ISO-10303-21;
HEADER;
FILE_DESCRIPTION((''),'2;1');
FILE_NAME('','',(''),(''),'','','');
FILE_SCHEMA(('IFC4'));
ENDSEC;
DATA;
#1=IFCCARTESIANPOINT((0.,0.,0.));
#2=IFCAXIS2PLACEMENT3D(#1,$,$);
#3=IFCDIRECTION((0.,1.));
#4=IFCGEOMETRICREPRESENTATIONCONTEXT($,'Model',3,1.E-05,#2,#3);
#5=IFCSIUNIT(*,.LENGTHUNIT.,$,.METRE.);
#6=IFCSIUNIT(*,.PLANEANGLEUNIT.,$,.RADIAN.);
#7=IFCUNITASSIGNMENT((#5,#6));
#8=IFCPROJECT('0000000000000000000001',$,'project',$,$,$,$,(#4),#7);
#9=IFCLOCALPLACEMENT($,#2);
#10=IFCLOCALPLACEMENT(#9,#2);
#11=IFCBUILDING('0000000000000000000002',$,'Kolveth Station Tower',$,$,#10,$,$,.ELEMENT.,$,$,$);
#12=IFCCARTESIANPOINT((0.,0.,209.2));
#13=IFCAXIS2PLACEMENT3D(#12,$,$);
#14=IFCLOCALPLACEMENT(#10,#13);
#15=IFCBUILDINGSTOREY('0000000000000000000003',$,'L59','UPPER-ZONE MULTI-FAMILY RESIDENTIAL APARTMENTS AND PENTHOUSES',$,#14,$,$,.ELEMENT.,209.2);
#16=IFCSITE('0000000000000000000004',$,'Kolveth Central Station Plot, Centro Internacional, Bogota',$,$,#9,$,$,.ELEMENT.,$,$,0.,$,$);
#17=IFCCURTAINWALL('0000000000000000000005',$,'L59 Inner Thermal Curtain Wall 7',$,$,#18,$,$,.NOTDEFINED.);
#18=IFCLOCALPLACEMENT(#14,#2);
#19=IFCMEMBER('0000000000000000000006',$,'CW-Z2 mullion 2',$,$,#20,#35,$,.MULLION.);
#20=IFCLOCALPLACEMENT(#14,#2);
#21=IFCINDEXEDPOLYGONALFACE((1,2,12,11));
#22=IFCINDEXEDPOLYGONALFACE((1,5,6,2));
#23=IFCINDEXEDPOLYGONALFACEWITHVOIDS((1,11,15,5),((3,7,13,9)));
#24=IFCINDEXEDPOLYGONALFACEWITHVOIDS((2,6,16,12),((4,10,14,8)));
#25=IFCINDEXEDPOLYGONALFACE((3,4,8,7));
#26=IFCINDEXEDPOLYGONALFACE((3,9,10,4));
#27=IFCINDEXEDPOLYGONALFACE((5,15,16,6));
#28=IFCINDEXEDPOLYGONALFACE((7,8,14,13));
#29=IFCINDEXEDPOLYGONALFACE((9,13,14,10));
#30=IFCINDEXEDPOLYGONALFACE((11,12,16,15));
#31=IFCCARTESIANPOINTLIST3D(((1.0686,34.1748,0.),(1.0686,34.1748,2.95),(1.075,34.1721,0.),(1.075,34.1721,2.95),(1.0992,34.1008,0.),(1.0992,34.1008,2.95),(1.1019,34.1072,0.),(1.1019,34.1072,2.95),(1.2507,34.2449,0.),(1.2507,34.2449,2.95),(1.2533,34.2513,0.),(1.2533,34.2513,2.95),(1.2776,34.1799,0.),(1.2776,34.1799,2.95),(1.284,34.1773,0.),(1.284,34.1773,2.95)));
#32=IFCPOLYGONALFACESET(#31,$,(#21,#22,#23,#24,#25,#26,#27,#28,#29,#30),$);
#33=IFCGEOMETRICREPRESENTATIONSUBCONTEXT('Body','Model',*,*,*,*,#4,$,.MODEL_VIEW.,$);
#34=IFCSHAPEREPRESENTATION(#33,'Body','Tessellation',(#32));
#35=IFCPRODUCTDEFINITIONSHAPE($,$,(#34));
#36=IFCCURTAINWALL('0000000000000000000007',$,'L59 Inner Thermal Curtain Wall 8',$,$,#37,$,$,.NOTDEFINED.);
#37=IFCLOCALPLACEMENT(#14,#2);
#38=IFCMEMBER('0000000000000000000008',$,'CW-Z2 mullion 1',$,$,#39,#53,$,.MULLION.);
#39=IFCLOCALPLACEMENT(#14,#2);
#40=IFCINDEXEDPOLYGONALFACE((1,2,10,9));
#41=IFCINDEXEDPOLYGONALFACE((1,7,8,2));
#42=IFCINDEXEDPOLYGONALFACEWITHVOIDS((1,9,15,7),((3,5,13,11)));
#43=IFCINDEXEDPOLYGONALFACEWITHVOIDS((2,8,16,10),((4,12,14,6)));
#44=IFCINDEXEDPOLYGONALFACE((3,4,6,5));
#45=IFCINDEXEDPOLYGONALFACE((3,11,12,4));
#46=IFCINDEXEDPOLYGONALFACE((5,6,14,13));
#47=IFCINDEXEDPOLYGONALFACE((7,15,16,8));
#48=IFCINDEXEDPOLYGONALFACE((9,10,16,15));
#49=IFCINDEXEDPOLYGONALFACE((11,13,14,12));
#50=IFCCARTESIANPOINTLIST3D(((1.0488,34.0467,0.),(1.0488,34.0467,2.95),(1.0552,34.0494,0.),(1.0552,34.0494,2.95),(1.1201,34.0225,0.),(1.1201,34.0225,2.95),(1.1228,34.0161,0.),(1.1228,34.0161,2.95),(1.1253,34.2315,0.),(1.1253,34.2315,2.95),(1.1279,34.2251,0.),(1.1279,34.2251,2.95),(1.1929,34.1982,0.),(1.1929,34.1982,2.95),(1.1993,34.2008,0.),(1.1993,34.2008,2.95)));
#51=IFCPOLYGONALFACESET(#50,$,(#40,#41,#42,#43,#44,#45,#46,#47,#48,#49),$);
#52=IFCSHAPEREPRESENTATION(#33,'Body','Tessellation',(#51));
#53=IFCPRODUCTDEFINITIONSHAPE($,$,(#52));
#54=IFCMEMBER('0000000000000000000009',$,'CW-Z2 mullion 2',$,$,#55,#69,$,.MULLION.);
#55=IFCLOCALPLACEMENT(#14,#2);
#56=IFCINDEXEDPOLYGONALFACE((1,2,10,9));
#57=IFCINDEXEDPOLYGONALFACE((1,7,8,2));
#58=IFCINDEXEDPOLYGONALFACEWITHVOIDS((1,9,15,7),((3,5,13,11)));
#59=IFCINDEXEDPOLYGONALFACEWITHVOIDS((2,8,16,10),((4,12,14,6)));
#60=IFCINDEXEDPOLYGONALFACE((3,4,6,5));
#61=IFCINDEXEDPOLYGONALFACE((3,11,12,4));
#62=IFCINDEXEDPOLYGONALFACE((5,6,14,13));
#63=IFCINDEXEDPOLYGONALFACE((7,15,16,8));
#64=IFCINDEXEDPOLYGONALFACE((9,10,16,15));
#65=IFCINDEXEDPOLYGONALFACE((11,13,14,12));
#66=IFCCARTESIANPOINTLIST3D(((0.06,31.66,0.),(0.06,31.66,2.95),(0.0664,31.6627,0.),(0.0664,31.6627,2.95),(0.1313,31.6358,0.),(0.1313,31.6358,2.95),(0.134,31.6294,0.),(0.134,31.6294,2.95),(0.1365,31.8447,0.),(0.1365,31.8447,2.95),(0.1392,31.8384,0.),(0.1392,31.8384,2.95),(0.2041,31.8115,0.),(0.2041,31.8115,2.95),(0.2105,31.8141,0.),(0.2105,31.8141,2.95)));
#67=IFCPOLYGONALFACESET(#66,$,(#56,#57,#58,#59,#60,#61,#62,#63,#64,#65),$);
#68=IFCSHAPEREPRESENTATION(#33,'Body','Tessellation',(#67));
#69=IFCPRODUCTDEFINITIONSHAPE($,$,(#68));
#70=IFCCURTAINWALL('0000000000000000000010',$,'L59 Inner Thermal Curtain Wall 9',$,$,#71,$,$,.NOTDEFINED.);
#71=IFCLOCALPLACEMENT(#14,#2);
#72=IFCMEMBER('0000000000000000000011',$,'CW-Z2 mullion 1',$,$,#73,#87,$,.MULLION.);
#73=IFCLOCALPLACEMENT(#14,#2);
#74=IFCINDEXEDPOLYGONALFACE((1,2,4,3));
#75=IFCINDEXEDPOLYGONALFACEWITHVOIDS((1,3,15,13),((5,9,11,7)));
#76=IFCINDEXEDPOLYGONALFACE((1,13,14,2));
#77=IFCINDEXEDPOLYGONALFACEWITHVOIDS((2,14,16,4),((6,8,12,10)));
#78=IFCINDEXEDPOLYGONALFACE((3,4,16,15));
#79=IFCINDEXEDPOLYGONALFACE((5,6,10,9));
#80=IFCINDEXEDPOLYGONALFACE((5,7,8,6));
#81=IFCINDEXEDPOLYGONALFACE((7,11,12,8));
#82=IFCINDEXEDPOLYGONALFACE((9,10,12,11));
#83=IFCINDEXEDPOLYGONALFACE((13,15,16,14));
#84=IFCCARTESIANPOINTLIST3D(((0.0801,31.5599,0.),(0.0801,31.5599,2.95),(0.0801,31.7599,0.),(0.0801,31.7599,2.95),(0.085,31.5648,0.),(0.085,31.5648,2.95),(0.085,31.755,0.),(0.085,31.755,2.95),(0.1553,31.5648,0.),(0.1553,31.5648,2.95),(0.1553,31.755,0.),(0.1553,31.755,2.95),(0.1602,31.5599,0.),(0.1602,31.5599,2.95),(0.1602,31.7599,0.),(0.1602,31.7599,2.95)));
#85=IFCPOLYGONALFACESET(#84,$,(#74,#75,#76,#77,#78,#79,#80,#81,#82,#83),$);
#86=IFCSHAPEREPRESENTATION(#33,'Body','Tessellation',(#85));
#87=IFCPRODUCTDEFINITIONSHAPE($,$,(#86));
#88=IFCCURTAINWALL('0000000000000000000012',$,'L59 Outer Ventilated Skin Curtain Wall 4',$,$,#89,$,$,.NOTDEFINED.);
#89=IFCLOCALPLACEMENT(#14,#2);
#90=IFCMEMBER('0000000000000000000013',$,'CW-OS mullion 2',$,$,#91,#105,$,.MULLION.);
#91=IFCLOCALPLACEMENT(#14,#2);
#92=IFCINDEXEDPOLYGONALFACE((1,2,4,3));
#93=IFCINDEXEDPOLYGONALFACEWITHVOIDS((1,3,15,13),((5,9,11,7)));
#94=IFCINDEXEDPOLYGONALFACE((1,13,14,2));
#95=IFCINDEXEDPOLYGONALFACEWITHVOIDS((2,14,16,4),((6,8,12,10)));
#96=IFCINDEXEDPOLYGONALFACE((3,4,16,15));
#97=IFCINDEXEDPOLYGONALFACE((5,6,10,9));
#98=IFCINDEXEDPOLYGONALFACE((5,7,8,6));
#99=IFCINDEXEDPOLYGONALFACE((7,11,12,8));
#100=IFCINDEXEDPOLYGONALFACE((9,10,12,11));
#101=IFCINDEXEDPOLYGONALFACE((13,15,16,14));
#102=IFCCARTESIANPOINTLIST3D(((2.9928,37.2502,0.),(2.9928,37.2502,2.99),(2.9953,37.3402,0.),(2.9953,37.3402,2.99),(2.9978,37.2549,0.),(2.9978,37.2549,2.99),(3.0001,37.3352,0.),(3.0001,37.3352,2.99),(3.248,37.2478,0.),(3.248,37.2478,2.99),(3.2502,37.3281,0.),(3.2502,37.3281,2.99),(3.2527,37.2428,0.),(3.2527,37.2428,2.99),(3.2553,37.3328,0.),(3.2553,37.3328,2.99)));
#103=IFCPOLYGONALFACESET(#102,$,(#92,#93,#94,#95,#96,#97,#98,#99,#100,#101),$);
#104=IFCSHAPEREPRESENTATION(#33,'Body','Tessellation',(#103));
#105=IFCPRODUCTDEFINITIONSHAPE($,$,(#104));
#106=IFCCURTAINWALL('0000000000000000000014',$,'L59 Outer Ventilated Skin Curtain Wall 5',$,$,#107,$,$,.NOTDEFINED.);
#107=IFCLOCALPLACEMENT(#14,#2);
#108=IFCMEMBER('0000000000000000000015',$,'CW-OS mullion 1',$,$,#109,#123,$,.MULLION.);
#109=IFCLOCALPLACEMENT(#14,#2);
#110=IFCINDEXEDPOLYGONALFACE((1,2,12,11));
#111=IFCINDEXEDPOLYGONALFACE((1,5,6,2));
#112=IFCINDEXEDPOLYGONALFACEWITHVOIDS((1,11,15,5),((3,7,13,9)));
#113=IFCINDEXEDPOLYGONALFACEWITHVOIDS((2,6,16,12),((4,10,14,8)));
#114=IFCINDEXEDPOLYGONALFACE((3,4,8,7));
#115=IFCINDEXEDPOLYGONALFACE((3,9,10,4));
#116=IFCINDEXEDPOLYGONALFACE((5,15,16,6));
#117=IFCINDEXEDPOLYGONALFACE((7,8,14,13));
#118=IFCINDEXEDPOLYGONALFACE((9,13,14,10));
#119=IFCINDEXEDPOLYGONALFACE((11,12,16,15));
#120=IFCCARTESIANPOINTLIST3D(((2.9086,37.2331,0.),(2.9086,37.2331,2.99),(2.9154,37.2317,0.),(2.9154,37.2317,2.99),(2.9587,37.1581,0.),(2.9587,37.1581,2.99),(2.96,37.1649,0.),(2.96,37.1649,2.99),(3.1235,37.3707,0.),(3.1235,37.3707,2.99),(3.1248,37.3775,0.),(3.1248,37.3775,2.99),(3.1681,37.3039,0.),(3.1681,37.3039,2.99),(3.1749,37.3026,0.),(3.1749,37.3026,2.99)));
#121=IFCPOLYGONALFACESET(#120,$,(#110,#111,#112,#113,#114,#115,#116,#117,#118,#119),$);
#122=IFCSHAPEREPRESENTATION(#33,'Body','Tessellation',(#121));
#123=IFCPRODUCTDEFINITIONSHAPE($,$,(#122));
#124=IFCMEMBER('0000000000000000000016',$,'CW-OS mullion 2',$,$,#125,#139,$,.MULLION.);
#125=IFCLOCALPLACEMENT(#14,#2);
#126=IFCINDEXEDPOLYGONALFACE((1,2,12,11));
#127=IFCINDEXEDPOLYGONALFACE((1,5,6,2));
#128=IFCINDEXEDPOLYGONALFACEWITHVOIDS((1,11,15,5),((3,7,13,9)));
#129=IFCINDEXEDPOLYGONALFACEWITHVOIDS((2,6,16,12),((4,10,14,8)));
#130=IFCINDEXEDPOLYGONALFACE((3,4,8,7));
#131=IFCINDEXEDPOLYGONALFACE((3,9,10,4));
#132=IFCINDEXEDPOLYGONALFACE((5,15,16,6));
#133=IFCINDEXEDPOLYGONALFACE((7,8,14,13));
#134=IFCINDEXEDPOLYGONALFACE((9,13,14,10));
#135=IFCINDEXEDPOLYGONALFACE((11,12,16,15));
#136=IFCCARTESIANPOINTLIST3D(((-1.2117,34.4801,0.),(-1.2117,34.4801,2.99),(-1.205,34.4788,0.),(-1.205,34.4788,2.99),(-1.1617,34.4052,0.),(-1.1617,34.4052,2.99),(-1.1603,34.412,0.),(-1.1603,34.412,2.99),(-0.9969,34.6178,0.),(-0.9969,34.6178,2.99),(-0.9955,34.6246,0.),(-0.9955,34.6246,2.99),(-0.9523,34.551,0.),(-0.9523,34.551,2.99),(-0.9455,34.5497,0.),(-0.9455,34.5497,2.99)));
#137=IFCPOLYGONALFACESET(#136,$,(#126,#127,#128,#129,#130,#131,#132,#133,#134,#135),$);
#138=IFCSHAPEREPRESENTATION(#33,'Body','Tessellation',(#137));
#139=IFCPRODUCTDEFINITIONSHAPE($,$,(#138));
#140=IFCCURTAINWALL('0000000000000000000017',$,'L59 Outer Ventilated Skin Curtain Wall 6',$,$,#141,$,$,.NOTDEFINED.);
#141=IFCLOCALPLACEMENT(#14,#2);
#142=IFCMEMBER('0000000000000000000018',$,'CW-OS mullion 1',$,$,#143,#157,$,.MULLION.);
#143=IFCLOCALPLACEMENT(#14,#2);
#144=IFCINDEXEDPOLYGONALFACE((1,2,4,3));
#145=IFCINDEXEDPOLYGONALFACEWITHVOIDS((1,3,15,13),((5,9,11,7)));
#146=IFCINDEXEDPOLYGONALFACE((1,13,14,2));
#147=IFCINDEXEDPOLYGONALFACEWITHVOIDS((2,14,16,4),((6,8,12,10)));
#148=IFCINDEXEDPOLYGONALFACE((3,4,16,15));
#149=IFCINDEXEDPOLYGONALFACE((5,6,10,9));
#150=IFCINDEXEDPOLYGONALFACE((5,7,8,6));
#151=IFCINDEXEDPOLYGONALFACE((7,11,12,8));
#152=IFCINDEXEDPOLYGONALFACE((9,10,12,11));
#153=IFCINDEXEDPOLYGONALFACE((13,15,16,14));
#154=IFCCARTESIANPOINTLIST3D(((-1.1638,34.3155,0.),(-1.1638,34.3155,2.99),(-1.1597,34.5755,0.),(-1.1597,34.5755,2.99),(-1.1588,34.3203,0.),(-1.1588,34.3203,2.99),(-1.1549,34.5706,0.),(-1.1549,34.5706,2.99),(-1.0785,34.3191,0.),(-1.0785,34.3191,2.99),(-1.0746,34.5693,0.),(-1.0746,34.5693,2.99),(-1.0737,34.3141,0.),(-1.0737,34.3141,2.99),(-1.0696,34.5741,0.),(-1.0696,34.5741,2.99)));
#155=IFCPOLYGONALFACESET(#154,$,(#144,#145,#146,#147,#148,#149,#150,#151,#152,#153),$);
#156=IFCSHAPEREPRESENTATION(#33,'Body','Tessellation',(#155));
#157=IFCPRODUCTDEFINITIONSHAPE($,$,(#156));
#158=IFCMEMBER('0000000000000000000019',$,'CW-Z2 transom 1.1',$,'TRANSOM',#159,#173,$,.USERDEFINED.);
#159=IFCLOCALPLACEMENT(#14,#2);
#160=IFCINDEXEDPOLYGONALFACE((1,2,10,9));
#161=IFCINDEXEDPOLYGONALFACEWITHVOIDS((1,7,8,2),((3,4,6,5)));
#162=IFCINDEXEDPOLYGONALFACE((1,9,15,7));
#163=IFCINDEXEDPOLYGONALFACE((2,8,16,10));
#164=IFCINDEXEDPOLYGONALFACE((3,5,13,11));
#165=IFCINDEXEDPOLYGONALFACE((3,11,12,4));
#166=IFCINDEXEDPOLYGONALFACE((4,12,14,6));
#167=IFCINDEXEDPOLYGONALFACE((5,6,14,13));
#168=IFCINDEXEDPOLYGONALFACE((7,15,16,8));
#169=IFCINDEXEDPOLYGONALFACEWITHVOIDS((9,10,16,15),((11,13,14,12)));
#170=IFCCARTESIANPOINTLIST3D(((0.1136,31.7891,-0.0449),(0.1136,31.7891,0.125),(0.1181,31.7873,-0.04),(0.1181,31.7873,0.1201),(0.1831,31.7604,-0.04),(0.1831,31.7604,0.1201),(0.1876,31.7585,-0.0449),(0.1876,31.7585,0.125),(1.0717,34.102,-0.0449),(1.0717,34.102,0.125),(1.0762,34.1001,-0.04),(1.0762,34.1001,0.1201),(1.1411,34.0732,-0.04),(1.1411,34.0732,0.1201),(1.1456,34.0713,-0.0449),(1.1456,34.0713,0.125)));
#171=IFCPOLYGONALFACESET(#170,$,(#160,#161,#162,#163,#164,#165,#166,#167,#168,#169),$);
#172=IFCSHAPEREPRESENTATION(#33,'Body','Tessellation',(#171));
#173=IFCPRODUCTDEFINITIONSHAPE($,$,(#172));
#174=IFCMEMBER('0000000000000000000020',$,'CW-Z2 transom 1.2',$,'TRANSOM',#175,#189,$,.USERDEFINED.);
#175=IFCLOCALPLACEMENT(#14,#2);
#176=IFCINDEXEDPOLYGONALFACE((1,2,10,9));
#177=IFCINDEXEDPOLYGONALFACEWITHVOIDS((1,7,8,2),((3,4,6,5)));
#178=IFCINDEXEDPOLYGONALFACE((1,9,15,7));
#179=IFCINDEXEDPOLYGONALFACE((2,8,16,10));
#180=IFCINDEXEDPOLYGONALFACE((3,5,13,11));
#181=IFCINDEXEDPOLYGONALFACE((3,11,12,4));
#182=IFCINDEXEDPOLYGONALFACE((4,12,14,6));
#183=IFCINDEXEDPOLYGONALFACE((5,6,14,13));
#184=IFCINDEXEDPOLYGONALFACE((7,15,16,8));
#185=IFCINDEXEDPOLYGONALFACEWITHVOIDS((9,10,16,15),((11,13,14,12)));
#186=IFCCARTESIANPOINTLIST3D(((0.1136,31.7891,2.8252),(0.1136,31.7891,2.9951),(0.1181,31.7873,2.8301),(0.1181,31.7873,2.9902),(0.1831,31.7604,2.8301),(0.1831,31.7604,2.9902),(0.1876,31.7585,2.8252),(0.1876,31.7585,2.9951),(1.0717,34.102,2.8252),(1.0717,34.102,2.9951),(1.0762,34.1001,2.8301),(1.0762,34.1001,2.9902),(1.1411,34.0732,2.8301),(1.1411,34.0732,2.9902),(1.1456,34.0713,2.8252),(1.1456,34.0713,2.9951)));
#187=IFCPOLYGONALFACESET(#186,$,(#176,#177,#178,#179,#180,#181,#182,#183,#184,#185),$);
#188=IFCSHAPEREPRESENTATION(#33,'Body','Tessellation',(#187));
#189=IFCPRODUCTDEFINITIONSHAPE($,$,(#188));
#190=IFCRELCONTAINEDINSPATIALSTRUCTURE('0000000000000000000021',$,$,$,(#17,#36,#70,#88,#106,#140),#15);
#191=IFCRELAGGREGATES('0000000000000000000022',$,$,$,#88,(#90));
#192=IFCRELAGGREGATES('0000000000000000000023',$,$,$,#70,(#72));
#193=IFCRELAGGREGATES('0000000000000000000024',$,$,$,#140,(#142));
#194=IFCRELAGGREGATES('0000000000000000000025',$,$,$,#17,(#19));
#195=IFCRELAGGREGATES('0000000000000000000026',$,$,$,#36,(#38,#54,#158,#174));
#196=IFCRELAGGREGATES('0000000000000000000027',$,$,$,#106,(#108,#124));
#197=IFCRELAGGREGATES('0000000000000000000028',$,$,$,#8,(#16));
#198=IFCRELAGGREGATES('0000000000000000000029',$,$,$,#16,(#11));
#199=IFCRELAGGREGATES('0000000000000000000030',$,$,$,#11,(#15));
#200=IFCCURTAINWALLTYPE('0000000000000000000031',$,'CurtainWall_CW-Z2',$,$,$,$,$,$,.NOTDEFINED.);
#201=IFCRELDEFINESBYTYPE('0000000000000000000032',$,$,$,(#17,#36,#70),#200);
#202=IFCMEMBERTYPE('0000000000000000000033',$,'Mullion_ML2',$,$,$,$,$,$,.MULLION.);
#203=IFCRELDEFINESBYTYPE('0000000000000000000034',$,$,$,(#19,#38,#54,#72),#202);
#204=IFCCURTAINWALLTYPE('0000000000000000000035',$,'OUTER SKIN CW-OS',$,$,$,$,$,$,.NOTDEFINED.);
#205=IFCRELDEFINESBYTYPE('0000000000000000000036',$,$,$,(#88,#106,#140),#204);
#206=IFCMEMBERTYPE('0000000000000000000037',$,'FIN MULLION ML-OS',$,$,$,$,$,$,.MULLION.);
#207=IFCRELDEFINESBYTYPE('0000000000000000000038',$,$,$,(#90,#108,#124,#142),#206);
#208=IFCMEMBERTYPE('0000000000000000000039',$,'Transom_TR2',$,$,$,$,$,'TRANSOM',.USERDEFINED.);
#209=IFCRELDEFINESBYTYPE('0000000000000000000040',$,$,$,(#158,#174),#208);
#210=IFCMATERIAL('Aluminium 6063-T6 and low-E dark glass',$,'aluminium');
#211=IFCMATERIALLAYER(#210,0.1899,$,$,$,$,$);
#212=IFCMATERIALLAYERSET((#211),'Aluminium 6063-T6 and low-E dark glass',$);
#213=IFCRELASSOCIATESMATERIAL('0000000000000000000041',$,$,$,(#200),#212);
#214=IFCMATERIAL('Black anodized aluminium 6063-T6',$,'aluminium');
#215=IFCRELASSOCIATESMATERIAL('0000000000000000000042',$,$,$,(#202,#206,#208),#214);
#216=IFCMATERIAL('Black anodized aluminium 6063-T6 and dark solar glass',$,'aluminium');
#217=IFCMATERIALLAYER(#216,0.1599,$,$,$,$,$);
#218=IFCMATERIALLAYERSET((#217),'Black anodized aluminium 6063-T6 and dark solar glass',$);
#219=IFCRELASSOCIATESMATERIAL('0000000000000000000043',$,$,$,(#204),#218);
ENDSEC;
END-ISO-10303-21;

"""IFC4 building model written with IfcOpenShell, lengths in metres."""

from ifc_helpers import new_model, si_unit, direction, frame, origin, origin_2d, place, context, subcontext, project, spatial, hollow_rectangle, extrude, source, transform, mapped, material, layer, layer_set, material_profile, profile_set, type_object, element, aggregate, save


model = new_model("IFC4")

# Units and contexts
model_context = context("Model", 3, precision=1e-05, world=origin(), true_north=direction((0.0, 1.0)))
body_context = subcontext(model_context, "Body", "Model", "MODEL_VIEW")
ifc_project = project(units=[si_unit("LENGTHUNIT", "METRE"), si_unit("PLANEANGLEUNIT", "RADIAN")], contexts=[model_context])

# Site, building, storey
site_placement = place(None, origin())
site = spatial("IfcSite", under=ifc_project, at=site_placement, Name="Kolveth Central Station Plot, Centro Internacional, Bogota", CompositionType="ELEMENT", RefElevation=0.0)
building_placement = place(site_placement, origin())
building = spatial("IfcBuilding", under=site, at=building_placement, Name="Kolveth Station Tower", CompositionType="ELEMENT")
storey_placement = place(building_placement, frame((0.0, 0.0, 209.2)))
storey = spatial("IfcBuildingStorey", under=building, at=storey_placement, Name="L59", Description="UPPER-ZONE MULTI-FAMILY RESIDENTIAL APARTMENTS AND PENTHOUSES", CompositionType="ELEMENT", Elevation=209.2)

# Curtain wall, member
ifc_material_1 = material(Name="Aluminium 6063-T6 and low-E dark glass", Category="aluminium")
ifc_layer_1 = layer(ifc_material_1, 0.1899)
ifc_layer_set_1 = layer_set([ifc_layer_1], Name="Aluminium 6063-T6 and low-E dark glass")
curtain_wall_type_1 = type_object("IfcCurtainWallType", Name="CurtainWall_CW-Z2", PredefinedType="NOTDEFINED", material=ifc_layer_set_1)
curtain_wall_1_placement = place(storey_placement, origin())
curtain_wall_1 = element("IfcCurtainWall", 1, at=curtain_wall_1_placement, inside=storey, type_object=curtain_wall_type_1, Name="L59 Inner Thermal Curtain Wall 7", PredefinedType="NOTDEFINED")
ifc_material_2 = material(Name="Black anodized aluminium 6063-T6", Category="aluminium")
ifc_material_profile_1 = material_profile(ifc_material_2, hollow_rectangle(XDim=0.0801, YDim=0.2, WallThickness=0.0049, at=origin_2d()), Name="ALU-80x200x5")
ifc_profile_set_1 = profile_set([ifc_material_profile_1], Name="Black anodized aluminium 6063-T6")
member_type_1 = type_object("IfcMemberType", Name="Mullion_ML2", PredefinedType="MULLION", material=ifc_profile_set_1)
shared_shape_1 = source(origin(), body_context, "Body", "SweptSolid", [
    extrude(hollow_rectangle(XDim=0.0801, YDim=0.2, WallThickness=0.0049, at=origin_2d()), origin(), (0.0, 0.0, 1.0), 2.95),
])
member_1_placement = place(storey_placement, frame((1.1763, 34.176, 0.0), z_axis=(0.0, 0.0, 1.0), x_axis=(0.382698, -0.923874, 0.0)))
member_1 = element("IfcMember", 2, at=member_1_placement, type_object=member_type_1, Name="CW-Z2 mullion 2", PredefinedType="MULLION", context=body_context, shape_type="MappedRepresentation", body=[
    mapped(shared_shape_1, transform((0.0, 0.0, 0.0), x_axis=(1.0, 0.0, 0.0), y_axis=(0.0, 1.0, 0.0), z_axis=(0.0, 0.0, 1.0), scale=1.0)),
])

# Curtain wall, members
curtain_wall_2_placement = place(storey_placement, origin())
curtain_wall_2 = element("IfcCurtainWall", 3, at=curtain_wall_2_placement, inside=storey, type_object=curtain_wall_type_1, Name="L59 Inner Thermal Curtain Wall 8", PredefinedType="NOTDEFINED")
member_2_placement = place(storey_placement, frame((1.124, 34.1238, 0.0), z_axis=(0.0, 0.0, 1.0), x_axis=(0.923874, -0.382698, 0.0)))
member_2 = element("IfcMember", 4, at=member_2_placement, type_object=member_type_1, Name="CW-Z2 mullion 1", PredefinedType="MULLION", context=body_context, shape_type="MappedRepresentation", body=[
    mapped(shared_shape_1, transform((0.0, 0.0, 0.0), x_axis=(1.0, 0.0, 0.0), y_axis=(0.0, 1.0, 0.0), z_axis=(0.0, 0.0, 1.0), scale=1.0)),
])
member_3_placement = place(storey_placement, frame((0.1353, 31.7371, 0.0), z_axis=(0.0, 0.0, 1.0), x_axis=(0.923874, -0.382698, 0.0)))
member_3 = element("IfcMember", 5, at=member_3_placement, type_object=member_type_1, Name="CW-Z2 mullion 2", PredefinedType="MULLION", context=body_context, shape_type="MappedRepresentation", body=[
    mapped(shared_shape_1, transform((0.0, 0.0, 0.0), x_axis=(1.0, 0.0, 0.0), y_axis=(0.0, 1.0, 0.0), z_axis=(0.0, 0.0, 1.0), scale=1.0)),
])

# Curtain walls, members
curtain_wall_3_placement = place(storey_placement, origin())
curtain_wall_3 = element("IfcCurtainWall", 6, at=curtain_wall_3_placement, inside=storey, type_object=curtain_wall_type_1, Name="L59 Inner Thermal Curtain Wall 9", PredefinedType="NOTDEFINED")
member_4_placement = place(storey_placement, frame((0.1201, 31.6599, 0.0), z_axis=(0.0, 0.0, 1.0), x_axis=(1.0, 0.0, 0.0)))
member_4 = element("IfcMember", 7, at=member_4_placement, type_object=member_type_1, Name="CW-Z2 mullion 1", PredefinedType="MULLION", context=body_context, shape_type="MappedRepresentation", body=[
    mapped(shared_shape_1, transform((0.0, 0.0, 0.0), x_axis=(1.0, 0.0, 0.0), y_axis=(0.0, 1.0, 0.0), z_axis=(0.0, 0.0, 1.0), scale=1.0)),
])
ifc_material_3 = material(Name="Black anodized aluminium 6063-T6 and dark solar glass", Category="aluminium")
ifc_layer_2 = layer(ifc_material_3, 0.1599)
ifc_layer_set_2 = layer_set([ifc_layer_2], Name="Black anodized aluminium 6063-T6 and dark solar glass")
curtain_wall_type_2 = type_object("IfcCurtainWallType", Name="OUTER SKIN CW-OS", PredefinedType="NOTDEFINED", material=ifc_layer_set_2)
curtain_wall_4_placement = place(storey_placement, origin())
curtain_wall_4 = element("IfcCurtainWall", 8, at=curtain_wall_4_placement, inside=storey, type_object=curtain_wall_type_2, Name="L59 Outer Ventilated Skin Curtain Wall 4", PredefinedType="NOTDEFINED")
ifc_material_profile_2 = material_profile(ifc_material_2, hollow_rectangle(XDim=0.0901, YDim=0.26, WallThickness=0.0049, at=origin_2d()), Name="ALU-90x260x5")
ifc_profile_set_2 = profile_set([ifc_material_profile_2], Name="Black anodized aluminium 6063-T6")
member_type_2 = type_object("IfcMemberType", Name="FIN MULLION ML-OS", PredefinedType="MULLION", material=ifc_profile_set_2)
shared_shape_2 = source(origin(), body_context, "Body", "SweptSolid", [
    extrude(hollow_rectangle(XDim=0.0901, YDim=0.26, WallThickness=0.0049, at=origin_2d()), origin(), (0.0, 0.0, 1.0), 2.99),
])
member_5_placement = place(storey_placement, frame((3.124, 37.2915, 0.0), z_axis=(0.0, 0.0, 1.0), x_axis=(-0.028325, -0.999599, 0.0)))
member_5 = element("IfcMember", 9, at=member_5_placement, type_object=member_type_2, Name="CW-OS mullion 2", PredefinedType="MULLION", context=body_context, shape_type="MappedRepresentation", body=[
    mapped(shared_shape_2, transform((0.0, 0.0, 0.0), x_axis=(1.0, 0.0, 0.0), y_axis=(0.0, 1.0, 0.0), z_axis=(0.0, 0.0, 1.0), scale=1.0)),
])
aggregate(curtain_wall_4, [member_5])

# Curtain wall, members
curtain_wall_5_placement = place(storey_placement, origin())
curtain_wall_5 = element("IfcCurtainWall", 10, at=curtain_wall_5_placement, inside=storey, type_object=curtain_wall_type_2, Name="L59 Outer Ventilated Skin Curtain Wall 5", PredefinedType="NOTDEFINED")
member_6_placement = place(storey_placement, frame((3.0417, 37.2678, 0.0), z_axis=(0.0, 0.0, 1.0), x_axis=(0.555523, -0.831501, 0.0)))
member_6 = element("IfcMember", 11, at=member_6_placement, type_object=member_type_2, Name="CW-OS mullion 1", PredefinedType="MULLION", context=body_context, shape_type="MappedRepresentation", body=[
    mapped(shared_shape_2, transform((0.0, 0.0, 0.0), x_axis=(1.0, 0.0, 0.0), y_axis=(0.0, 1.0, 0.0), z_axis=(0.0, 0.0, 1.0), scale=1.0)),
])
member_7_placement = place(storey_placement, frame((-1.0786, 34.5149, 0.0), z_axis=(0.0, 0.0, 1.0), x_axis=(0.555523, -0.831501, 0.0)))
member_7 = element("IfcMember", 12, at=member_7_placement, type_object=member_type_2, Name="CW-OS mullion 2", PredefinedType="MULLION", context=body_context, shape_type="MappedRepresentation", body=[
    mapped(shared_shape_2, transform((0.0, 0.0, 0.0), x_axis=(1.0, 0.0, 0.0), y_axis=(0.0, 1.0, 0.0), z_axis=(0.0, 0.0, 1.0), scale=1.0)),
])

# Curtain wall, member
curtain_wall_6_placement = place(storey_placement, origin())
curtain_wall_6 = element("IfcCurtainWall", 13, at=curtain_wall_6_placement, inside=storey, type_object=curtain_wall_type_2, Name="L59 Outer Ventilated Skin Curtain Wall 6", PredefinedType="NOTDEFINED")
member_8_placement = place(storey_placement, frame((-1.1167, 34.4448, 0.0), z_axis=(0.0, 0.0, 1.0), x_axis=(0.999876, -0.015719, 0.0)))
member_8 = element("IfcMember", 14, at=member_8_placement, type_object=member_type_2, Name="CW-OS mullion 1", PredefinedType="MULLION", context=body_context, shape_type="MappedRepresentation", body=[
    mapped(shared_shape_2, transform((0.0, 0.0, 0.0), x_axis=(1.0, 0.0, 0.0), y_axis=(0.0, 1.0, 0.0), z_axis=(0.0, 0.0, 1.0), scale=1.0)),
])

# Members
ifc_material_profile_3 = material_profile(ifc_material_2, hollow_rectangle(XDim=0.0801, YDim=0.1699, WallThickness=0.0049, at=origin_2d()), Name="ALU-80x170x5")
ifc_profile_set_3 = profile_set([ifc_material_profile_3], Name="Black anodized aluminium 6063-T6")
member_type_3 = type_object("IfcMemberType", Name="Transom_TR2", ElementType="TRANSOM", PredefinedType="USERDEFINED", material=ifc_profile_set_3)
shared_shape_3 = source(origin(), body_context, "Body", "SweptSolid", [
    extrude(hollow_rectangle(XDim=0.0801, YDim=0.1699, WallThickness=0.0049, at=origin_2d()), origin(), (0.0, 0.0, 1.0), 2.5034),
])
member_9_placement = place(storey_placement, frame((1.1086, 34.0867, 0.04), z_axis=(-0.382696, -0.923874, 0.0), x_axis=(0.923874, -0.382696, 0.0)))
member_9 = element("IfcMember", 15, at=member_9_placement, type_object=member_type_3, Name="CW-Z2 transom 1.1", ObjectType="TRANSOM", PredefinedType="USERDEFINED", context=body_context, shape_type="MappedRepresentation", body=[
    mapped(shared_shape_3, transform((0.0, 0.0, 0.0), x_axis=(1.0, 0.0, 0.0), y_axis=(0.0, 1.0, 0.0), z_axis=(0.0, 0.0, 1.0), scale=1.0)),
])
member_10_placement = place(storey_placement, frame((1.1086, 34.0867, 2.9102), z_axis=(-0.382696, -0.923874, 0.0), x_axis=(0.923874, -0.382696, 0.0)))
member_10 = element("IfcMember", 16, at=member_10_placement, type_object=member_type_3, Name="CW-Z2 transom 1.2", ObjectType="TRANSOM", PredefinedType="USERDEFINED", context=body_context, shape_type="MappedRepresentation", body=[
    mapped(shared_shape_3, transform((0.0, 0.0, 0.0), x_axis=(1.0, 0.0, 0.0), y_axis=(0.0, 1.0, 0.0), z_axis=(0.0, 0.0, 1.0), scale=1.0)),
])
aggregate(curtain_wall_3, [member_4])
aggregate(curtain_wall_6, [member_8])

aggregate(curtain_wall_1, [member_1])
aggregate(curtain_wall_2, [member_2, member_3, member_9, member_10])
aggregate(curtain_wall_5, [member_6, member_7])

save(model, "model.ifc")
